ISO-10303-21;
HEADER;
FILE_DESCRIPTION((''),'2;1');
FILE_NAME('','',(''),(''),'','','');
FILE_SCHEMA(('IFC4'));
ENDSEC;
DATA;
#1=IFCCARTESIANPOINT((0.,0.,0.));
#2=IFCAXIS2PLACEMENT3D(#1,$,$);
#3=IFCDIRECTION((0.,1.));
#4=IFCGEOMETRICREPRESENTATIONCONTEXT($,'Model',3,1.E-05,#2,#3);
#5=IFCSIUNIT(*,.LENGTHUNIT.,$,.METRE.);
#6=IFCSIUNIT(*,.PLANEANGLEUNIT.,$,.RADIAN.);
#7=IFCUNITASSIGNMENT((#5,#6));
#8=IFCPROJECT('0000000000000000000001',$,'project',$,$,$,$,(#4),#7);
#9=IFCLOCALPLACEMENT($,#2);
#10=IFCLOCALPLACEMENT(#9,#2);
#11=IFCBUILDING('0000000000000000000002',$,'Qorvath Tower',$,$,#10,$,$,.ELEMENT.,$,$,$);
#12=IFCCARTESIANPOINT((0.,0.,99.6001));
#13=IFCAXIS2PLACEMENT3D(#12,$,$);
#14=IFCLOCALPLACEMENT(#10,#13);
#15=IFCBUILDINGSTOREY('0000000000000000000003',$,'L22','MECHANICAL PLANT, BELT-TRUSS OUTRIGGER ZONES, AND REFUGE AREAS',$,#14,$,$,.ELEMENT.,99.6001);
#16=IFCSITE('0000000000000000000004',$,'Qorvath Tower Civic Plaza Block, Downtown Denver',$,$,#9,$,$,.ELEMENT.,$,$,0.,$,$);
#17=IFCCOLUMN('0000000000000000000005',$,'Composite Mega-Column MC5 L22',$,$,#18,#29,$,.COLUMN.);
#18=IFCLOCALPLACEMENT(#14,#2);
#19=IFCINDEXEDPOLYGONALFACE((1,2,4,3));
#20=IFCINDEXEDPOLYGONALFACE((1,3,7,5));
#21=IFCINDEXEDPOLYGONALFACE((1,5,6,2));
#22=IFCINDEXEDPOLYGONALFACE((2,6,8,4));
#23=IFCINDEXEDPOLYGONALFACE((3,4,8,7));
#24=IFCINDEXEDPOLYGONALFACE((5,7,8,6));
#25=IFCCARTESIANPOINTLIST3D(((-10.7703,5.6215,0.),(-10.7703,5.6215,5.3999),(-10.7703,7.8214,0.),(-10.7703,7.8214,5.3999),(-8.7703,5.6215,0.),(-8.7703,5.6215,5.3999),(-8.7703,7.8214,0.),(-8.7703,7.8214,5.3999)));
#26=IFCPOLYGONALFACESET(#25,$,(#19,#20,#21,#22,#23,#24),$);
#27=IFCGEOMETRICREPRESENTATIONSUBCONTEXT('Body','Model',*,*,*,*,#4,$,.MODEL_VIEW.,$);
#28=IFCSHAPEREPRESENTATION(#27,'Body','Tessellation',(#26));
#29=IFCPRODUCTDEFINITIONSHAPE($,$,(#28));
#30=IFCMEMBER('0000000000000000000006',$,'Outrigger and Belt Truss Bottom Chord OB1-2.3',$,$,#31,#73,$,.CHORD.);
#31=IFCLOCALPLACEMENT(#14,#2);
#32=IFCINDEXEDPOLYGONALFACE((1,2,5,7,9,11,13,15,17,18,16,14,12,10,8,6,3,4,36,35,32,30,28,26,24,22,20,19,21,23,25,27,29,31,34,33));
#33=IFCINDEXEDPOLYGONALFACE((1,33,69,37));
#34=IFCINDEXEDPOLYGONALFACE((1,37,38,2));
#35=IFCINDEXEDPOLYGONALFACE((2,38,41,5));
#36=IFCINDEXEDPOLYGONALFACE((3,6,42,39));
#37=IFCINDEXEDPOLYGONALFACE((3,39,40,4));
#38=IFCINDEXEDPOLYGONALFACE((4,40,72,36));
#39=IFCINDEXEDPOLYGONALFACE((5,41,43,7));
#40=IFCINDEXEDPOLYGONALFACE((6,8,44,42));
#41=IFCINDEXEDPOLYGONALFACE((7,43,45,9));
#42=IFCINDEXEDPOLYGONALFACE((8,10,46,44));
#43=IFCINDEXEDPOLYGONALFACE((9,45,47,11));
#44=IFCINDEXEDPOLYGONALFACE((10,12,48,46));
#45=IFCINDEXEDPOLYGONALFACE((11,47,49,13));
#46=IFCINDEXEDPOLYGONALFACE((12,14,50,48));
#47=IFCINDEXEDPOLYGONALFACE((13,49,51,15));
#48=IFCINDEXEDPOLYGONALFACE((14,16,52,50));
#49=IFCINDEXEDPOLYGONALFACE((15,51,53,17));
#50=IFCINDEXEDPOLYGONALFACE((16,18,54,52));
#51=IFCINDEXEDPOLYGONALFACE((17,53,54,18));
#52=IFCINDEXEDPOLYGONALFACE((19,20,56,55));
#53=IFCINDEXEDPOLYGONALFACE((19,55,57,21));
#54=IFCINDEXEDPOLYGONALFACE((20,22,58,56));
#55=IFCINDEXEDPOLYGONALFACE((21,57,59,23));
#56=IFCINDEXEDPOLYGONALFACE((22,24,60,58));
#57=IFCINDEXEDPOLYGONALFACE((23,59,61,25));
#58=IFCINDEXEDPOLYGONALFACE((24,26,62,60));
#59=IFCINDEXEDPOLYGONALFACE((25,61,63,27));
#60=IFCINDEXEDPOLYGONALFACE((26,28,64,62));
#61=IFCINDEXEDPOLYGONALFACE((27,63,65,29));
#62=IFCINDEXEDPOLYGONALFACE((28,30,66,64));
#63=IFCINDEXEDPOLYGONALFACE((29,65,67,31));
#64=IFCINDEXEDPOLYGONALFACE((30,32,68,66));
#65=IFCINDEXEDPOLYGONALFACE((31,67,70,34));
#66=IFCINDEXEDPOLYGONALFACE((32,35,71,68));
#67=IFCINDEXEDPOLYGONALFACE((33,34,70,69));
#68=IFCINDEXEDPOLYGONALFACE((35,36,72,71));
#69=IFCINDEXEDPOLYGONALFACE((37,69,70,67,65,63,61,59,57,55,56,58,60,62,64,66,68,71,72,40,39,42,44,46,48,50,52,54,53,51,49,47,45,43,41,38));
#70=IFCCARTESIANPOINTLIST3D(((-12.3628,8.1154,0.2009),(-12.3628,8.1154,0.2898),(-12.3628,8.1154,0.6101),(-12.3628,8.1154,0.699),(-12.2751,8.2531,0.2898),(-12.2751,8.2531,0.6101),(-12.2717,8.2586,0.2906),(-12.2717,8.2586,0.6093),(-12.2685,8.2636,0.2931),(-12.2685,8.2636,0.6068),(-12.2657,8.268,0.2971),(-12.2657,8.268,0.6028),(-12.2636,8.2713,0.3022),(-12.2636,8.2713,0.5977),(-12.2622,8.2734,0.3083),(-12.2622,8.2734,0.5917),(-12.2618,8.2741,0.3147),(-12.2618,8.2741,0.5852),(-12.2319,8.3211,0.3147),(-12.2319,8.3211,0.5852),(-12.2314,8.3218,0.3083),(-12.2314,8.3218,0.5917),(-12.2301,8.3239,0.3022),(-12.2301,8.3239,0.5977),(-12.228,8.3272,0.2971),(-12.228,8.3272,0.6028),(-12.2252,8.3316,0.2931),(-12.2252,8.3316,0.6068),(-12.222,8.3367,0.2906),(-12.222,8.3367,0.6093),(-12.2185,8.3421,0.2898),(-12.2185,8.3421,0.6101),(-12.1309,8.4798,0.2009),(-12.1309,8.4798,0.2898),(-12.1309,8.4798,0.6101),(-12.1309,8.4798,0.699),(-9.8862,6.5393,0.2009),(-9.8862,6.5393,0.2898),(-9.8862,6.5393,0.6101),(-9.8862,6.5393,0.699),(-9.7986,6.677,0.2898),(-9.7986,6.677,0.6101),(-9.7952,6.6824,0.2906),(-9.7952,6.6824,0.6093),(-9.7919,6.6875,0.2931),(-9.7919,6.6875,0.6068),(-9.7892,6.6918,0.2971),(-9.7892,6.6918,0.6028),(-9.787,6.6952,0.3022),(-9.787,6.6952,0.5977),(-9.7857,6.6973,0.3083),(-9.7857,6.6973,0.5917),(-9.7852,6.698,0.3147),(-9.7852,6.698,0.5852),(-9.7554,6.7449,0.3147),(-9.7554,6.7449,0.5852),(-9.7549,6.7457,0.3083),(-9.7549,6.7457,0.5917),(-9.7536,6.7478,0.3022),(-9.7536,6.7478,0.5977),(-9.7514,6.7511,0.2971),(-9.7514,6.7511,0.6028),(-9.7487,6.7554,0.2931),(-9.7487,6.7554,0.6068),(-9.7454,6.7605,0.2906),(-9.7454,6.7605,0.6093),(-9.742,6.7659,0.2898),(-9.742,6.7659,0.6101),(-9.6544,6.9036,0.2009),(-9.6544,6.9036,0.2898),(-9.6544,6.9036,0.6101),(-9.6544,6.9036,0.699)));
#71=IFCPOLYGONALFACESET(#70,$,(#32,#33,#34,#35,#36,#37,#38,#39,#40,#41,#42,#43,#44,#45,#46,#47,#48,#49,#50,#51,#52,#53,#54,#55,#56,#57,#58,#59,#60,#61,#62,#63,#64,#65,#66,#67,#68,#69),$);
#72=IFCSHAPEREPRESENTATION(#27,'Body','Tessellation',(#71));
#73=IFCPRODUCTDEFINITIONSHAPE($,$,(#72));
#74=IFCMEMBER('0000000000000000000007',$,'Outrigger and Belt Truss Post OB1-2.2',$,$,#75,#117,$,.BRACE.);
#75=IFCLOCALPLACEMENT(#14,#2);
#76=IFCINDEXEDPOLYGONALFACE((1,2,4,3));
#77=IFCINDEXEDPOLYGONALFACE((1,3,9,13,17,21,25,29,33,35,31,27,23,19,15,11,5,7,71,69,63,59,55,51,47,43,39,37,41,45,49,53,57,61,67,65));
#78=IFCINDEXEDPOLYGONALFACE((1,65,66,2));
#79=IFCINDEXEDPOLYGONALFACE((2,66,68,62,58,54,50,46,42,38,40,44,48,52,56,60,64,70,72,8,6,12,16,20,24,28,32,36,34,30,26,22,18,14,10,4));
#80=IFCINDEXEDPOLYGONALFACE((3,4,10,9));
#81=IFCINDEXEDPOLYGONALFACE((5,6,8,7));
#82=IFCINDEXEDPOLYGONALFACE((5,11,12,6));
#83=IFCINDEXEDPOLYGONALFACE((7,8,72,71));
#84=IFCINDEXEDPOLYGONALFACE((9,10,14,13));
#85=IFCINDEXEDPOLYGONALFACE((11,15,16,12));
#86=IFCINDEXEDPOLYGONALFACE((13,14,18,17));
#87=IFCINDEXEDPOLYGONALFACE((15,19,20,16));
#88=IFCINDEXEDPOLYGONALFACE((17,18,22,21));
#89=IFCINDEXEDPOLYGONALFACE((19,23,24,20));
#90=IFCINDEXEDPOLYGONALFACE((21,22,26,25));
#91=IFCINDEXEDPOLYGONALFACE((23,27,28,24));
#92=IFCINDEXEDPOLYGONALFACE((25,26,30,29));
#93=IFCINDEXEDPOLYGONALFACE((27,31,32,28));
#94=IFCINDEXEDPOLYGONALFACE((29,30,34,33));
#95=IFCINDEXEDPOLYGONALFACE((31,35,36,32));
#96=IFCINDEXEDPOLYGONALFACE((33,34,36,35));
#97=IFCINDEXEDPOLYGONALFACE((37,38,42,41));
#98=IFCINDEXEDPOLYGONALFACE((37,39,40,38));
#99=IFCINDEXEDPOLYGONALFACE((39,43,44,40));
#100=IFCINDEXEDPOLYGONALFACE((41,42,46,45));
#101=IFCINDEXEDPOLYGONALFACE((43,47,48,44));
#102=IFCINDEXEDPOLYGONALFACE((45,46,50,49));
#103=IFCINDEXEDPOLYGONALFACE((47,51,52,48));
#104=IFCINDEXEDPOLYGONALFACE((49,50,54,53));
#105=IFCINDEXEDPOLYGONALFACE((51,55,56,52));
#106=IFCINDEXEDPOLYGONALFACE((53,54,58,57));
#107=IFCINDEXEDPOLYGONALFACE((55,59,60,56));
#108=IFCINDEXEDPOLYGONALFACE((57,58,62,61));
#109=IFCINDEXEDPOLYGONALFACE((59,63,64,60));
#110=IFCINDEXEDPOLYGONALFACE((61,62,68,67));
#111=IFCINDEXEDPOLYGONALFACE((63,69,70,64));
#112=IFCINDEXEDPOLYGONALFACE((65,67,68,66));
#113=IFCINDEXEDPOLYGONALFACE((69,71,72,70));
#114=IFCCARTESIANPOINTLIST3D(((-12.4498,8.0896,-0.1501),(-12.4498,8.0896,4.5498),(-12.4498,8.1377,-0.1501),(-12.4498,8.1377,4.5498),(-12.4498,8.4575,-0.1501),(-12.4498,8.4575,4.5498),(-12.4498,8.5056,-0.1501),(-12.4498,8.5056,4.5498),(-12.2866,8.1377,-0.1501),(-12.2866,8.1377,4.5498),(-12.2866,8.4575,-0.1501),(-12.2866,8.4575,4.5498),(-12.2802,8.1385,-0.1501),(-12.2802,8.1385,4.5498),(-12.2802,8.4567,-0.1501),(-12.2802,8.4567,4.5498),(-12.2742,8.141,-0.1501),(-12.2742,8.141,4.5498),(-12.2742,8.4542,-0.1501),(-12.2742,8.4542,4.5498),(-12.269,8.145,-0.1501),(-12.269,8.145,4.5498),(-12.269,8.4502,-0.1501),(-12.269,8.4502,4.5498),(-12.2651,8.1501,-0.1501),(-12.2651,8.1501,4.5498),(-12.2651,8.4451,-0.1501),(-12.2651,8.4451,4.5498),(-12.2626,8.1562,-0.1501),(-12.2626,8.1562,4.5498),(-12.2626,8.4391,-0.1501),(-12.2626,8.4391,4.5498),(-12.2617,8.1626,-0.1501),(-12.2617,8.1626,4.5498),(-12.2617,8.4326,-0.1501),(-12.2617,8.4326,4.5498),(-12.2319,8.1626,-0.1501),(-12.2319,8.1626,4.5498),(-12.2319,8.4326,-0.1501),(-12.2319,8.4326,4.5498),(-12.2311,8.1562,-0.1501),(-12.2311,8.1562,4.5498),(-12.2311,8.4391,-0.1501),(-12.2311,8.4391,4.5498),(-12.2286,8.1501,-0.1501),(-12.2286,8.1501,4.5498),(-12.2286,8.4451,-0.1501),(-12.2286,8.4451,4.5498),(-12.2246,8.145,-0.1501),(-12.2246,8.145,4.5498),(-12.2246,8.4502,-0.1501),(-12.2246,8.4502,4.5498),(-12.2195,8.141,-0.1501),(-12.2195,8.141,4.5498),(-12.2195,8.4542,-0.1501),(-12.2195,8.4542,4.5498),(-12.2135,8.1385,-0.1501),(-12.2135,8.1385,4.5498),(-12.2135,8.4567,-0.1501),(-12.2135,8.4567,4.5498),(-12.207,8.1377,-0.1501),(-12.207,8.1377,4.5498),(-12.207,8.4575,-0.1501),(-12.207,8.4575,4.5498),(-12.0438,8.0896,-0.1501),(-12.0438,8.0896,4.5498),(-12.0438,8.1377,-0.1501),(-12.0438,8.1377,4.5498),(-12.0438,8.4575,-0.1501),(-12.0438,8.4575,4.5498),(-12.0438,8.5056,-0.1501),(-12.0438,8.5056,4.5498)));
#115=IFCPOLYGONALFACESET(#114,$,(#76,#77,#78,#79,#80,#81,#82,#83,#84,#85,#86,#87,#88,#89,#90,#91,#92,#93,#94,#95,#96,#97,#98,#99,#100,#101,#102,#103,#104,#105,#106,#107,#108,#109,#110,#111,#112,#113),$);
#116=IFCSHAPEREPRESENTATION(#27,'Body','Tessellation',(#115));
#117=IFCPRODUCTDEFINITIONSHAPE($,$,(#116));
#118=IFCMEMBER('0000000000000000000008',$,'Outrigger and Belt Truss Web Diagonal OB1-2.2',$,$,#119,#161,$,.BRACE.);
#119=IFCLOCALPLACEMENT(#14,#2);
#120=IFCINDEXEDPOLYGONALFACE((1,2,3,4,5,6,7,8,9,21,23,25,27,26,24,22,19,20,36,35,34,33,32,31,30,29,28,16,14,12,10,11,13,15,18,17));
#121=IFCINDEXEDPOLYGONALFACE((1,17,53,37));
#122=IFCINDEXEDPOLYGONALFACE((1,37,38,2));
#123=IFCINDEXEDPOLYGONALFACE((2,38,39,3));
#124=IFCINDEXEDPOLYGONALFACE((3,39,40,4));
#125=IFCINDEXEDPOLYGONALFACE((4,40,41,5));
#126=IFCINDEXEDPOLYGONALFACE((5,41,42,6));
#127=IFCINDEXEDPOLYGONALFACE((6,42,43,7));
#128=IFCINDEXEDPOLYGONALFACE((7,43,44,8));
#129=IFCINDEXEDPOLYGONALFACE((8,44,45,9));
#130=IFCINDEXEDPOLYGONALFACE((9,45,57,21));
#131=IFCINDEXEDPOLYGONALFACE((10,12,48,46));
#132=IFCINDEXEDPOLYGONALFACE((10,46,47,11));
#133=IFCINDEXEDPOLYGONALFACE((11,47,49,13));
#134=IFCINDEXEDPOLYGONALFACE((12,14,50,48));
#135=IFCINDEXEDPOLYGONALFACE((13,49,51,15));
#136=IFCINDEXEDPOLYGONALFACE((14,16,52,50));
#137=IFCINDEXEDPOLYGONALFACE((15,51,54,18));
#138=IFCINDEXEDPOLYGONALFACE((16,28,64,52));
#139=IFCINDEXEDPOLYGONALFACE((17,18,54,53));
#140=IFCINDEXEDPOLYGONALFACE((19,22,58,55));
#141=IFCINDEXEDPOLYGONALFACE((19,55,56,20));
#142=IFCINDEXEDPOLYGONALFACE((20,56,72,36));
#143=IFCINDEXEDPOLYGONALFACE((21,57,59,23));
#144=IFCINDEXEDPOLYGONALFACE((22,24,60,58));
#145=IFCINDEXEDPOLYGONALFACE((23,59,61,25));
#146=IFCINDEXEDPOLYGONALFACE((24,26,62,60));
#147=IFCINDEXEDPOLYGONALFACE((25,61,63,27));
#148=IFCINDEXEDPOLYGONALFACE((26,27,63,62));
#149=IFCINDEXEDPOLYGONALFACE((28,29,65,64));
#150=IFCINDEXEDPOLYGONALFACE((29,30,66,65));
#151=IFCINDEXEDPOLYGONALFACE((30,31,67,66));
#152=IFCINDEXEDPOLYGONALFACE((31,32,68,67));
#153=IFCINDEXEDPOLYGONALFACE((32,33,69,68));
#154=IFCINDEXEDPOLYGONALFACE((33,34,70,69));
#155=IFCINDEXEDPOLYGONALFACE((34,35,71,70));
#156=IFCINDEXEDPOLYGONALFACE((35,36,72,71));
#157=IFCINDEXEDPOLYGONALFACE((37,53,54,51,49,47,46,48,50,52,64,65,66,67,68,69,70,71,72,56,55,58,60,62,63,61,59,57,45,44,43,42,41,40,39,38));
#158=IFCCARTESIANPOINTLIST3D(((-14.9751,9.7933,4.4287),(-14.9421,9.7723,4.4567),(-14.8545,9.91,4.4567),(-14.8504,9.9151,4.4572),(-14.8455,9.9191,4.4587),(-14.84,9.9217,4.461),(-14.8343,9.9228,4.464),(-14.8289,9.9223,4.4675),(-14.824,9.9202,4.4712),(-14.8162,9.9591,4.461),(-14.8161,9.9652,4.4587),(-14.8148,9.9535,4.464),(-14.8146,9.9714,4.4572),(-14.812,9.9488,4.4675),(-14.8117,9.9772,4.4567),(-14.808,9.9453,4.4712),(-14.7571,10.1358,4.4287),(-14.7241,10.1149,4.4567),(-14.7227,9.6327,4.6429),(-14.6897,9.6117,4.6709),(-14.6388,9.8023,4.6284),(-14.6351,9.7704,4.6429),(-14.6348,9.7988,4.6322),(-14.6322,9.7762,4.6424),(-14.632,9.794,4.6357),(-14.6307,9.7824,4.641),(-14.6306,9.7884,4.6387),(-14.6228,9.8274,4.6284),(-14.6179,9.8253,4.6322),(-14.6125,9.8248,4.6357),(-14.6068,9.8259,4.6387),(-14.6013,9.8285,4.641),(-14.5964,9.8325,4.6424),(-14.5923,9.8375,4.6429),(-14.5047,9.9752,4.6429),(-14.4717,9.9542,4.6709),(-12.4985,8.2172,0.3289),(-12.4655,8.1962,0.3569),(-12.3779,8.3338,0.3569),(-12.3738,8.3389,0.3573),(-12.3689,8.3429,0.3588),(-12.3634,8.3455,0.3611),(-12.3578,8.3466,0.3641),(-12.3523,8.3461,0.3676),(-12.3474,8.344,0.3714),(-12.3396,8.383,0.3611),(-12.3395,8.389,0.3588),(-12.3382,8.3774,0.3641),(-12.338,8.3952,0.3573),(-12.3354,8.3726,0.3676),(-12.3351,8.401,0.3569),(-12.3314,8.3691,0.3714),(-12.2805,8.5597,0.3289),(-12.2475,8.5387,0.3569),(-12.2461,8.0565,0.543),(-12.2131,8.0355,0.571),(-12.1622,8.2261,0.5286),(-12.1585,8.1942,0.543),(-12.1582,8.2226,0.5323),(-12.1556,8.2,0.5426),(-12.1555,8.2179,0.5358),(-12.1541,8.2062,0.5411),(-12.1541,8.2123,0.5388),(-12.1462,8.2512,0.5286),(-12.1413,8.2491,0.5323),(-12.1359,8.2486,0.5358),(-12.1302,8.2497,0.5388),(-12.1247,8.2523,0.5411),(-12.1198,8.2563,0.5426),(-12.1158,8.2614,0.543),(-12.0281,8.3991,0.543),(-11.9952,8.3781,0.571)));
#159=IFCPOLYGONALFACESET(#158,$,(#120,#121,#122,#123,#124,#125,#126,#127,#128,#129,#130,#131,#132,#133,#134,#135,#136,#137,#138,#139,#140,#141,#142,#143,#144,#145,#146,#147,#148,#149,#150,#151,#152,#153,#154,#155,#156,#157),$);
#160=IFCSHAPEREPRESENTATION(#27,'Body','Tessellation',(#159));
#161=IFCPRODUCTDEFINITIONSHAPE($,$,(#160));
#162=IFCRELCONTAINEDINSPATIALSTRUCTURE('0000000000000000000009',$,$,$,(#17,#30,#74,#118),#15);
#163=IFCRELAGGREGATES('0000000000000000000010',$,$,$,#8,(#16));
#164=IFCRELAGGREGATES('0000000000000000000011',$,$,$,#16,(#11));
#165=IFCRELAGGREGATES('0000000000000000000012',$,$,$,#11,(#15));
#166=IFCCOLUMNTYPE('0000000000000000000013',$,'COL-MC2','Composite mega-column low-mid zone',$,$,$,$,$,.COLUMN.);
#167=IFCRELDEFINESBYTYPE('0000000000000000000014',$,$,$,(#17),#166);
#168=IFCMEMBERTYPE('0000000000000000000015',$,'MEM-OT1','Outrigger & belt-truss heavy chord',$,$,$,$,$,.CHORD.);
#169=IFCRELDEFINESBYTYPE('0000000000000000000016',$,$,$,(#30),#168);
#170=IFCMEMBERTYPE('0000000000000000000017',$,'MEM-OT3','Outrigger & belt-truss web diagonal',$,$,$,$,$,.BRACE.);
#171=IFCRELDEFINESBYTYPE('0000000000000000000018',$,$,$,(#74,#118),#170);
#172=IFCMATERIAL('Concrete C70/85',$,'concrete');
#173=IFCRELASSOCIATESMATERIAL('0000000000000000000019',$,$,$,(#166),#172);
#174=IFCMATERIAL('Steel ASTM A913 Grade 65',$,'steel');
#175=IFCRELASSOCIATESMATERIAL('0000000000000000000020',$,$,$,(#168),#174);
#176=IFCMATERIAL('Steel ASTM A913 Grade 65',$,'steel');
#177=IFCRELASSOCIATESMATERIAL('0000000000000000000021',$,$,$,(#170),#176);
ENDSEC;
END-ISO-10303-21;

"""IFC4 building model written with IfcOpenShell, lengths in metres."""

from ifc_helpers import new_model, si_unit, direction, frame, origin, origin_2d, place, context, subcontext, project, spatial, rectangle, i_section, extrude, material, material_profile, profile_set, type_object, element, save


model = new_model("IFC4")

# Units and contexts
model_context = context("Model", 3, precision=1e-05, world=origin(), true_north=direction((0.0, 1.0)))
body_context = subcontext(model_context, "Body", "Model", "MODEL_VIEW")
ifc_project = project(units=[si_unit("LENGTHUNIT", "METRE"), si_unit("PLANEANGLEUNIT", "RADIAN")], contexts=[model_context])

# Site, building, storey
site_placement = place(None, origin())
site = spatial("IfcSite", under=ifc_project, at=site_placement, Name="Qorvath Tower Civic Plaza Block, Downtown Denver", CompositionType="ELEMENT", RefElevation=0.0)
building_placement = place(site_placement, origin())
building = spatial("IfcBuilding", under=site, at=building_placement, Name="Qorvath Tower", CompositionType="ELEMENT")
storey_placement = place(building_placement, frame((0.0, 0.0, 99.6001)))
storey = spatial("IfcBuildingStorey", under=building, at=storey_placement, Name="L22", Description="MECHANICAL PLANT, BELT-TRUSS OUTRIGGER ZONES, AND REFUGE AREAS", CompositionType="ELEMENT", Elevation=99.6001)

# Column
ifc_material_1 = material(Name="Concrete C70/85", Category="concrete")
ifc_material_profile_1 = material_profile(ifc_material_1, rectangle(XDim=2.0, YDim=2.2, at=origin_2d()), Name="MC 2200x2000")
ifc_profile_set_1 = profile_set([ifc_material_profile_1], Name="Concrete C70/85")
column_type = type_object("IfcColumnType", Name="COL-MC2", Description="Composite mega-column low-mid zone", PredefinedType="COLUMN", material=ifc_profile_set_1)
column_placement = place(storey_placement, frame((-9.7703, 6.7214, 0.0), z_axis=(0.0, 0.0, 1.0), x_axis=(1.0, 0.0, 0.0)))
element("IfcColumn", 1, at=column_placement, inside=storey, type_object=column_type, Name="Composite Mega-Column MC5 L22", PredefinedType="COLUMN", context=body_context, shape_type="SweptSolid", body=[
    extrude(rectangle(XDim=2.0, YDim=2.2, at=origin_2d()), origin(), (0.0, 0.0, 1.0), 5.3999),
])

# Members
ifc_material_2 = material(Name="Steel ASTM A913 Grade 65", Category="steel")
ifc_material_profile_2 = material_profile(ifc_material_2, i_section(OverallWidth=0.4319, OverallDepth=0.498, WebThickness=0.0557, FlangeThickness=0.0889, FilletRadius=0.0249, at=origin_2d()), Name="W14x500")
ifc_profile_set_2 = profile_set([ifc_material_profile_2], Name="Steel ASTM A913 Grade 65")
member_type_1 = type_object("IfcMemberType", Name="MEM-OT1", Description="Outrigger & belt-truss heavy chord", PredefinedType="CHORD", material=ifc_profile_set_2)
member_1_placement = place(storey_placement, frame((-12.2468, 8.2976, 0.45), z_axis=(0.843634, -0.536919, 0.0), x_axis=(0.536919, 0.843634, 0.0)))
element("IfcMember", 2, at=member_1_placement, inside=storey, type_object=member_type_1, Name="Outrigger and Belt Truss Bottom Chord OB1-2.3", PredefinedType="CHORD", context=body_context, shape_type="SweptSolid", body=[
    extrude(i_section(OverallWidth=0.4319, OverallDepth=0.498, WebThickness=0.0557, FlangeThickness=0.0889, FilletRadius=0.0249, at=origin_2d()), origin(), (0.0, 0.0, 1.0), 2.9355),
])
ifc_material_3 = material(Name="Steel ASTM A913 Grade 65", Category="steel")
ifc_material_profile_3 = material_profile(ifc_material_3, i_section(OverallWidth=0.406, OverallDepth=0.416, WebThickness=0.0298, FlangeThickness=0.0481, FilletRadius=0.0249, at=origin_2d()), Name="W14x257")
ifc_profile_set_3 = profile_set([ifc_material_profile_3], Name="Steel ASTM A913 Grade 65")
member_type_2 = type_object("IfcMemberType", Name="MEM-OT3", Description="Outrigger & belt-truss web diagonal", PredefinedType="BRACE", material=ifc_profile_set_3)
member_2_placement = place(storey_placement, frame((-12.2468, 8.2976, -0.1501), z_axis=(0.0, 0.0, 1.0), x_axis=(1.0, 0.0, 0.0)))
element("IfcMember", 3, at=member_2_placement, inside=storey, type_object=member_type_2, Name="Outrigger and Belt Truss Post OB1-2.2", PredefinedType="BRACE", context=body_context, shape_type="SweptSolid", body=[
    extrude(i_section(OverallWidth=0.406, OverallDepth=0.416, WebThickness=0.0298, FlangeThickness=0.0481, FilletRadius=0.0249, at=origin_2d()), origin(), (0.0, 0.0, 1.0), 4.7),
])
for number, where, z_axis, x_axis, name in (
    (4, (-12.2468, 8.2976, 0.45), (-0.491141, 0.312579, 0.813065), (-0.536919, -0.843634, 0.0), "Outrigger and Belt Truss Web Diagonal OB1-2.2"),
):
    element("IfcMember", number, at=place(storey_placement, frame(where, z_axis=z_axis, x_axis=x_axis)), inside=storey, type_object=member_type_2, Name=name, PredefinedType="BRACE", context=body_context, shape_type="SweptSolid", body=[
        extrude(i_section(OverallWidth=0.406, OverallDepth=0.416, WebThickness=0.0298, FlangeThickness=0.0481, FilletRadius=0.0249, at=origin_2d()), origin(), (0.0, 0.0, 1.0), 5.0425),
    ])

save(model, "model.ifc")
